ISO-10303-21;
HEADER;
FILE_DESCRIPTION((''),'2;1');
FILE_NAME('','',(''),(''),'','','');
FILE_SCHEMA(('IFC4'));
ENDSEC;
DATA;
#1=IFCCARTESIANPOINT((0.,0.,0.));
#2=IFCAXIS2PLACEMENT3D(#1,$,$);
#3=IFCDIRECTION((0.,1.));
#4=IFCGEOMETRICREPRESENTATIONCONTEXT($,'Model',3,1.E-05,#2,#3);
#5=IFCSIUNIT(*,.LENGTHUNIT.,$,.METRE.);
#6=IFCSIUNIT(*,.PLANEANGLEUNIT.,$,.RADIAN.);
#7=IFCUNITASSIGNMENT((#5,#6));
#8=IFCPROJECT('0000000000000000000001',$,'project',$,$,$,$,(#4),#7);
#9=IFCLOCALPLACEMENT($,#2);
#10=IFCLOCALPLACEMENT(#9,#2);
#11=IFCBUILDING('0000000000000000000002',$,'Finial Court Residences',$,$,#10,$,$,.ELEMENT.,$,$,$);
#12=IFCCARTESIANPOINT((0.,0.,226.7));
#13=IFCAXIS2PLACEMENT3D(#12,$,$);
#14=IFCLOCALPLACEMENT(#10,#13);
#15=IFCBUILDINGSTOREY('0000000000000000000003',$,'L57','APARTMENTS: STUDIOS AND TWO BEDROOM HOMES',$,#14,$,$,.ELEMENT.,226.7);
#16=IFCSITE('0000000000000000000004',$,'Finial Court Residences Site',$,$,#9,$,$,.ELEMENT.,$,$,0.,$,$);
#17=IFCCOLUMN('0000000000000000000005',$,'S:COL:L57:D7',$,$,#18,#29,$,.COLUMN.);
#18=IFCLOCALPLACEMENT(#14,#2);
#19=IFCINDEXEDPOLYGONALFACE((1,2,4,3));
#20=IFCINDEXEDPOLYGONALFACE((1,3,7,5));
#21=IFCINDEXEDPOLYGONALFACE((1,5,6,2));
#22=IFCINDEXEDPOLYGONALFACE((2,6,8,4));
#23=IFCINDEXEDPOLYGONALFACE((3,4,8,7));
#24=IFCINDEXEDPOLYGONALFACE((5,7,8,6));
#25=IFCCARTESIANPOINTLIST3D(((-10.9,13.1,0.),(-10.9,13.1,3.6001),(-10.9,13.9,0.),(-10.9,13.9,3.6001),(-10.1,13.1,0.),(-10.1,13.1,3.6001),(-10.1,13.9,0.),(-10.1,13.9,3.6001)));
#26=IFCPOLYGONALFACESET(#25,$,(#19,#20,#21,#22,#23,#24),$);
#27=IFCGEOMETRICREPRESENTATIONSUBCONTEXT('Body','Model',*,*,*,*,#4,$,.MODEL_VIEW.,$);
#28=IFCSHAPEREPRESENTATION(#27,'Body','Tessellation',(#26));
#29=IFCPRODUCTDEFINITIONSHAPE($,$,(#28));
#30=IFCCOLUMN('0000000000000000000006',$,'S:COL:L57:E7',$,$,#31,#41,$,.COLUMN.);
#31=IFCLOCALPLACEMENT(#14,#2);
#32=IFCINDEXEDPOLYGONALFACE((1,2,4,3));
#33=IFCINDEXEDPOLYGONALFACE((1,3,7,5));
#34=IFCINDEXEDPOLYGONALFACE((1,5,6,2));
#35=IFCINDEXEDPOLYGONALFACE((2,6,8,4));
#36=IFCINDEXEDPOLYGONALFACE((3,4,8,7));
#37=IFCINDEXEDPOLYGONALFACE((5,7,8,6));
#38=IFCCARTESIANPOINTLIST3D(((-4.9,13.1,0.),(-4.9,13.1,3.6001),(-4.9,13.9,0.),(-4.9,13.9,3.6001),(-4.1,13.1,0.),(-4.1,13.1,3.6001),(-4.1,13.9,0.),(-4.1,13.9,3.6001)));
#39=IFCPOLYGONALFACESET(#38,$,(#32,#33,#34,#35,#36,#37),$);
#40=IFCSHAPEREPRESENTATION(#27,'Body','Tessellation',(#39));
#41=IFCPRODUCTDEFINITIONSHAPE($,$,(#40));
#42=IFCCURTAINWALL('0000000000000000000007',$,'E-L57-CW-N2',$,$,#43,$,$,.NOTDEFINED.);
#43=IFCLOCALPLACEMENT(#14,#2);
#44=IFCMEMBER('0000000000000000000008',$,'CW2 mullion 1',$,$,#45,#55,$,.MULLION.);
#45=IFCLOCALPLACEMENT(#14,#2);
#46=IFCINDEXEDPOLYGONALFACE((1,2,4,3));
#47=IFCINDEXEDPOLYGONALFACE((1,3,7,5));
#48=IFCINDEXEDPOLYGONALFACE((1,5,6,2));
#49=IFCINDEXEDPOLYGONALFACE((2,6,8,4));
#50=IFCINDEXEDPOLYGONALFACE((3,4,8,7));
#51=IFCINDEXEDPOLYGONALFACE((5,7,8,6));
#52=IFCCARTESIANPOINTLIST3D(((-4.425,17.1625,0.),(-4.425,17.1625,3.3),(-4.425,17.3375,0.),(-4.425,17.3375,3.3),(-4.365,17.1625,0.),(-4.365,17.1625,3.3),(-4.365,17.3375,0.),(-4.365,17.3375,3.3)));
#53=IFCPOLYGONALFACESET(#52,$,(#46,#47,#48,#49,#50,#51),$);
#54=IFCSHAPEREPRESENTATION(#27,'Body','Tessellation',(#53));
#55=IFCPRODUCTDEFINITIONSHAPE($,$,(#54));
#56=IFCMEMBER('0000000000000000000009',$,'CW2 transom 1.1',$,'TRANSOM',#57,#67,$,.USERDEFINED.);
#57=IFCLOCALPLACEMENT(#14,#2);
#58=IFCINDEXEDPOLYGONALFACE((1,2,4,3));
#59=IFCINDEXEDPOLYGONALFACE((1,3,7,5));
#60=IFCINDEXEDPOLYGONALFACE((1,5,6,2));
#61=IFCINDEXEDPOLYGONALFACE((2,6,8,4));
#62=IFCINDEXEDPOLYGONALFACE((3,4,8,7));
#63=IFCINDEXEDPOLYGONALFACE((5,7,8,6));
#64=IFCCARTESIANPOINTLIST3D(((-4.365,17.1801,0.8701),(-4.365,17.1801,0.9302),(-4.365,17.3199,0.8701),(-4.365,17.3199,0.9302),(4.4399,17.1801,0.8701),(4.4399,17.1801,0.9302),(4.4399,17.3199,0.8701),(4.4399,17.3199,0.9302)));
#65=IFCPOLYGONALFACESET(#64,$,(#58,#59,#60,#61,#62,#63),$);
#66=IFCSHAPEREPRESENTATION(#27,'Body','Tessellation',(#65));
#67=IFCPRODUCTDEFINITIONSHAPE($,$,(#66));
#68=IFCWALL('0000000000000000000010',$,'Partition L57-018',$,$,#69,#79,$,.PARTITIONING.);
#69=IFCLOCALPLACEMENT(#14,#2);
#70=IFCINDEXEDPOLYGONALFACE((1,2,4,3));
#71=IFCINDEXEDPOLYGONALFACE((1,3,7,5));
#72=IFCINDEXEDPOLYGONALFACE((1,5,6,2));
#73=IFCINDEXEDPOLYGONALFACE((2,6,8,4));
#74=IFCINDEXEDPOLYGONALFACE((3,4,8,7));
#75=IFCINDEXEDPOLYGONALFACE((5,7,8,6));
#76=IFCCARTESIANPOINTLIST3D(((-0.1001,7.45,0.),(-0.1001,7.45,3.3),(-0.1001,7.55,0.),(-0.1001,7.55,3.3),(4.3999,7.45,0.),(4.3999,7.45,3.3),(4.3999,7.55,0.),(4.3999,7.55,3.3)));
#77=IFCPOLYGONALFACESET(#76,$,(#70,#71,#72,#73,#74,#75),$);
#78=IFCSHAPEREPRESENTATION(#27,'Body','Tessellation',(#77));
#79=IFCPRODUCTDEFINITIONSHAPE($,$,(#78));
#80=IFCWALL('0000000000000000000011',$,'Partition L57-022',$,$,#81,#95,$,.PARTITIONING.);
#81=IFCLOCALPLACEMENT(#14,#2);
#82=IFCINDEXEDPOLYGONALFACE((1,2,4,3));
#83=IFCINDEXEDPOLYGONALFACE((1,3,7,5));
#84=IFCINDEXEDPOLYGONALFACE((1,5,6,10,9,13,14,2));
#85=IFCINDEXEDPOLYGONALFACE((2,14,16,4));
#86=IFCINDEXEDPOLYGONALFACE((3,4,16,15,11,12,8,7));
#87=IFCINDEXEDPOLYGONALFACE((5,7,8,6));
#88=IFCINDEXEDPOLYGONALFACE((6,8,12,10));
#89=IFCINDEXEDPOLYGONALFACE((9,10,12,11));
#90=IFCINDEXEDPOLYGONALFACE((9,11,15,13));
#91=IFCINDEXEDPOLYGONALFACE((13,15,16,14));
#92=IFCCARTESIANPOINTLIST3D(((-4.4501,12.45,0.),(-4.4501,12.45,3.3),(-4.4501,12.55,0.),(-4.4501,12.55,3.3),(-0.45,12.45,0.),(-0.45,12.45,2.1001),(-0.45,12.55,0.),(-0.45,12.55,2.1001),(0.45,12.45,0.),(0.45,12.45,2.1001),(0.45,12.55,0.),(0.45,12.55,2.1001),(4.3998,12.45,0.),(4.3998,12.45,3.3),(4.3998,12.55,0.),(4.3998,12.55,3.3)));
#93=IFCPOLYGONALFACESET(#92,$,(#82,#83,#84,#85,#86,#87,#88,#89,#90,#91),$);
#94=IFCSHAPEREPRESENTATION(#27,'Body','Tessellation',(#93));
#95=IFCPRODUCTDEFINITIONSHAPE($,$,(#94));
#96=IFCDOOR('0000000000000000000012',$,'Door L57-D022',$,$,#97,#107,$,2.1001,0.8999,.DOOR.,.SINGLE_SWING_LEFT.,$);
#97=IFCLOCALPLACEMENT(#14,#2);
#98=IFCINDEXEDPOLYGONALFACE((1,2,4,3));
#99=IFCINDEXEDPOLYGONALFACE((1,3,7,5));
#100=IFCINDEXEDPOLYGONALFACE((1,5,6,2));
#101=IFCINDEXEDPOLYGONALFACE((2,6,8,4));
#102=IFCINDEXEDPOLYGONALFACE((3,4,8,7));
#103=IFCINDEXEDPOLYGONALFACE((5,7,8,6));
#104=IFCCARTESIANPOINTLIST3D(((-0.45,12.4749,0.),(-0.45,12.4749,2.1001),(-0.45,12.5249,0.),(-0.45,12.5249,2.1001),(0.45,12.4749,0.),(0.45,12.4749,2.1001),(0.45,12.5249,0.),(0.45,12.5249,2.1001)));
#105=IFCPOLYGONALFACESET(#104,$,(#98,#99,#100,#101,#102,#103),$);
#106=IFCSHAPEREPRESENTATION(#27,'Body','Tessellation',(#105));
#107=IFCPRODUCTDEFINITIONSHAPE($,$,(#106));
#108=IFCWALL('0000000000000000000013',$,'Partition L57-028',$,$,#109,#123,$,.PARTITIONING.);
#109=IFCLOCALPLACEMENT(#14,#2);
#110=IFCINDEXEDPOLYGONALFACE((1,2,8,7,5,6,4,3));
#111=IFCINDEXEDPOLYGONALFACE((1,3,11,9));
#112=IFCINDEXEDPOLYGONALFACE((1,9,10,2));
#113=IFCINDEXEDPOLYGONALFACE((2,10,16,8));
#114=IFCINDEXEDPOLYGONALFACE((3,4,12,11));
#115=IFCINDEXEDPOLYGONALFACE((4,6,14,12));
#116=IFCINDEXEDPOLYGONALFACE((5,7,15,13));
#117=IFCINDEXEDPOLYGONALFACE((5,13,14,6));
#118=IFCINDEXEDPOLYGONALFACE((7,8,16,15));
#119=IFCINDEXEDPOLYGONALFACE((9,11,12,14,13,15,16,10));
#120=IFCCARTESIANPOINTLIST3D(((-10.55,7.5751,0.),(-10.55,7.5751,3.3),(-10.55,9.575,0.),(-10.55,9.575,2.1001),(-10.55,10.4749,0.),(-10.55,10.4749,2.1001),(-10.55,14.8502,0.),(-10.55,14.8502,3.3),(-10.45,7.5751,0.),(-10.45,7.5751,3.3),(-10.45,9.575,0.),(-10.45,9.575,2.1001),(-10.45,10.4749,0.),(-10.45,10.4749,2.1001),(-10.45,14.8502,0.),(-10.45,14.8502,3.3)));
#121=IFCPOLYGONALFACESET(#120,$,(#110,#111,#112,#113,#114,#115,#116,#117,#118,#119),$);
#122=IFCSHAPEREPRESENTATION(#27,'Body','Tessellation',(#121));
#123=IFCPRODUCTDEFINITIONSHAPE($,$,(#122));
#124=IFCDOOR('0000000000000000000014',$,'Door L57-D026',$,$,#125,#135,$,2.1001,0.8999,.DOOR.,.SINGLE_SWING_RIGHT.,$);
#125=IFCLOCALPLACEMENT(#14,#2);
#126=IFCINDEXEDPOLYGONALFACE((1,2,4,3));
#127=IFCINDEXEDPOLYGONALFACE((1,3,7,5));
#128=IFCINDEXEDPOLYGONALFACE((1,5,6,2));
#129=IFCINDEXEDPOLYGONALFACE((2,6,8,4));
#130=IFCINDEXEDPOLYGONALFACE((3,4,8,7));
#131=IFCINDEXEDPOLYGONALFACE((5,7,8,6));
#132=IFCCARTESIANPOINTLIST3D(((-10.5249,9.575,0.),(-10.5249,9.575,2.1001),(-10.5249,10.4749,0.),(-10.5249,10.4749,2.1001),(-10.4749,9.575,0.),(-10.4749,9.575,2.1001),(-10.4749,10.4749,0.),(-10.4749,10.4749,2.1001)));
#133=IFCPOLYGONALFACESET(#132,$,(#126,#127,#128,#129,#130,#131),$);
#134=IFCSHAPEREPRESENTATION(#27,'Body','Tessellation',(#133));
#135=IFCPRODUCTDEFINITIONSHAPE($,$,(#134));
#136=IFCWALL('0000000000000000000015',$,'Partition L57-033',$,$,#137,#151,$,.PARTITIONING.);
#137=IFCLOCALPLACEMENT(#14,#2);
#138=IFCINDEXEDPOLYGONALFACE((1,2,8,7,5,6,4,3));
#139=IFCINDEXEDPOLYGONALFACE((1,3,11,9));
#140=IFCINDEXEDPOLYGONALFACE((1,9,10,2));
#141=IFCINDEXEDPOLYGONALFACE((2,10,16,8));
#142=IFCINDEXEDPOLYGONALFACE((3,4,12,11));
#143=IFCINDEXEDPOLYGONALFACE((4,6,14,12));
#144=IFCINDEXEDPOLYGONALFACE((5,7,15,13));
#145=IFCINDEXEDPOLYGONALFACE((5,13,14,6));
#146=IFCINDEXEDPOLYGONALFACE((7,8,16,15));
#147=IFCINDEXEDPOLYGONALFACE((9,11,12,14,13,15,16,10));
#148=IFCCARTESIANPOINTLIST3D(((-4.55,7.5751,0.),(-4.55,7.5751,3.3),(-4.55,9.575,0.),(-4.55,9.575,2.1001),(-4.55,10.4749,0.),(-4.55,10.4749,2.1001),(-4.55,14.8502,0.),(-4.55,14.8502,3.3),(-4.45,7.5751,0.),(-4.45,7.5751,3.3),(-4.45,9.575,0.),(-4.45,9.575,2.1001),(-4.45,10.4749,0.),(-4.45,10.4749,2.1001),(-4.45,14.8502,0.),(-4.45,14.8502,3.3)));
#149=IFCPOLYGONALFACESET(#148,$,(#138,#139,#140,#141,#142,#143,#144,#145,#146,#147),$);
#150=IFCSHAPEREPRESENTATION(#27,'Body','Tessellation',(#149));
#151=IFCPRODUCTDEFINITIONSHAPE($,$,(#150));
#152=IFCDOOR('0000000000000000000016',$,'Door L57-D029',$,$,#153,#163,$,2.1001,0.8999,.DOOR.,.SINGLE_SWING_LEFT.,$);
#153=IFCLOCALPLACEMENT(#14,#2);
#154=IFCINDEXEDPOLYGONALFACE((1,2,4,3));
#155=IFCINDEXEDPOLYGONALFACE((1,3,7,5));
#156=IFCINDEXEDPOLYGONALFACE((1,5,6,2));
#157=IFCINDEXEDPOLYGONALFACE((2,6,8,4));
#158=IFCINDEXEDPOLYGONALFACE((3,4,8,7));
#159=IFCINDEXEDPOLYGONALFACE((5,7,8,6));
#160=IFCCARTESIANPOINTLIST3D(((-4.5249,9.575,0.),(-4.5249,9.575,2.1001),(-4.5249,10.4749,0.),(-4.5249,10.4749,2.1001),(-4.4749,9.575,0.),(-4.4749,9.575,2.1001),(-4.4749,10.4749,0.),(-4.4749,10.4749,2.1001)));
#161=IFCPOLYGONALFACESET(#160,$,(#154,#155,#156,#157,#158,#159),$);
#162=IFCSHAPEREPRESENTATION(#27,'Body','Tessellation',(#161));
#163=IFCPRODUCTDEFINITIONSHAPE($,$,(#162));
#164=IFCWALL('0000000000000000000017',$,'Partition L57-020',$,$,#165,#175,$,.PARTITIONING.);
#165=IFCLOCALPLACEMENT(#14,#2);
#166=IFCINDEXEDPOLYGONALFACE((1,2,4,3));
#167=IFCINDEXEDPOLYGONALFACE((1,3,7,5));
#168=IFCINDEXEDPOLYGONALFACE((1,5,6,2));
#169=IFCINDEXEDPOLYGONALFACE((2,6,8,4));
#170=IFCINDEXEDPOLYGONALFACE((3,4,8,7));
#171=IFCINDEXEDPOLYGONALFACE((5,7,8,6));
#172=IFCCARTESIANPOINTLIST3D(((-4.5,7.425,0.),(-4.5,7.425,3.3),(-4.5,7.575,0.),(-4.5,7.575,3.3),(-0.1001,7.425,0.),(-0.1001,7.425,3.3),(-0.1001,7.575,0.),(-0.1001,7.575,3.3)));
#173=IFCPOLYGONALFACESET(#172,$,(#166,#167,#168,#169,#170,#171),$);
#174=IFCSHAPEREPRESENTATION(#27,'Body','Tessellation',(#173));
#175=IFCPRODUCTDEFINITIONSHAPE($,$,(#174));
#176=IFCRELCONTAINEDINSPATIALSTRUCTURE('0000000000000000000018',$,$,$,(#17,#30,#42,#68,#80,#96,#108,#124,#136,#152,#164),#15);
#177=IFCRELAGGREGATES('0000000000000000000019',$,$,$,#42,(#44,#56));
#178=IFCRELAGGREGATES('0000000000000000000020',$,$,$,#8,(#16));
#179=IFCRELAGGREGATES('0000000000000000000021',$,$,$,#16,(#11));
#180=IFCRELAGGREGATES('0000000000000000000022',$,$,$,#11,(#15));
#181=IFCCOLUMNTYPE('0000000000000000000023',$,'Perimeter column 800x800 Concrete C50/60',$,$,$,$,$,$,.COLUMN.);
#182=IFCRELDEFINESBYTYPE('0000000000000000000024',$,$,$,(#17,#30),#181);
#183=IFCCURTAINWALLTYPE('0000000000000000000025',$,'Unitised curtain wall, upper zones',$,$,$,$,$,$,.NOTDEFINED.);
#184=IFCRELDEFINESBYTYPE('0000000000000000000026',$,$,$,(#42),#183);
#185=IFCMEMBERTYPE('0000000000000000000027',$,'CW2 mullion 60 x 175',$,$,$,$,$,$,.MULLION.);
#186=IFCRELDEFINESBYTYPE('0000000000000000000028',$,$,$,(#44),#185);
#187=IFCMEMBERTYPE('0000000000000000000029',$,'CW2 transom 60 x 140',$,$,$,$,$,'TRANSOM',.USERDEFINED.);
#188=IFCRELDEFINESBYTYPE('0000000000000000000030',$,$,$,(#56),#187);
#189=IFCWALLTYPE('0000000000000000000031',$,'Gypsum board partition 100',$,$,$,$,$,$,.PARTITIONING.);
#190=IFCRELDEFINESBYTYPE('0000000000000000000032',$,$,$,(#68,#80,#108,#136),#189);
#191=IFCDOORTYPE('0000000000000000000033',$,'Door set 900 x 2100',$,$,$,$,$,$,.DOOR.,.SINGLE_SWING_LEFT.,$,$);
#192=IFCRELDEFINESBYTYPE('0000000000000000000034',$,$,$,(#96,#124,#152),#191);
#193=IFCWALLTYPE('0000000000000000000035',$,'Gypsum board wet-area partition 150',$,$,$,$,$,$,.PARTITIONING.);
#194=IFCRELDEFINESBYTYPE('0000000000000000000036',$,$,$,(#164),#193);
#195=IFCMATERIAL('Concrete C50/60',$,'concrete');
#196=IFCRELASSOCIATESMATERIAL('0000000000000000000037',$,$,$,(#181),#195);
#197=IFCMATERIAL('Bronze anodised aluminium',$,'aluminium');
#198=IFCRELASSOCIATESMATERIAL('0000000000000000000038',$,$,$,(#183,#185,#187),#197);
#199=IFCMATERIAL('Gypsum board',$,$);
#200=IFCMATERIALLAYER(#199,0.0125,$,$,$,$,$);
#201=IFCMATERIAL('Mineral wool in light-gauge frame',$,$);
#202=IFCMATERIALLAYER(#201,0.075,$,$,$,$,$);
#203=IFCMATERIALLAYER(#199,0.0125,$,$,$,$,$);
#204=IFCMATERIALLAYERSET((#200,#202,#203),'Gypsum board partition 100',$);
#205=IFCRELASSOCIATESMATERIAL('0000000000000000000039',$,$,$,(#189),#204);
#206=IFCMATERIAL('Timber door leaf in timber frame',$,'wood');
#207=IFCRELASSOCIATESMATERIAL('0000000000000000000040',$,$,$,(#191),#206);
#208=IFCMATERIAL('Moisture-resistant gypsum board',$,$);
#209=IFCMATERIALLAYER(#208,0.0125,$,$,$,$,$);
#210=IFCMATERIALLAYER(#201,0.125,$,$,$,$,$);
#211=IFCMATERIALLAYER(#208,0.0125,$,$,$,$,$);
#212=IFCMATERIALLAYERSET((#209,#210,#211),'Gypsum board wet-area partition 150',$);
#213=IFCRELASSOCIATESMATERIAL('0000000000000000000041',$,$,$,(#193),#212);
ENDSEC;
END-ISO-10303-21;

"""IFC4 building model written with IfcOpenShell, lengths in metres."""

from ifc_helpers import new_model, si_unit, direction, frame, frame_2d, origin, origin_2d, place, context, subcontext, project, spatial, rectangle, extrude, material, layer, layer_set, material_profile, profile_set, type_object, element, fill, aggregate, save


model = new_model("IFC4")

# Units and contexts
model_context = context("Model", 3, precision=1e-05, world=origin(), true_north=direction((0.0, 1.0)))
body_context = subcontext(model_context, "Body", "Model", "MODEL_VIEW")
ifc_project = project(units=[si_unit("LENGTHUNIT", "METRE"), si_unit("PLANEANGLEUNIT", "RADIAN")], contexts=[model_context])

# Site, building, storey
site_placement = place(None, origin())
site = spatial("IfcSite", under=ifc_project, at=site_placement, Name="Finial Court Residences Site", CompositionType="ELEMENT", RefElevation=0.0)
building_placement = place(site_placement, origin())
building = spatial("IfcBuilding", under=site, at=building_placement, Name="Finial Court Residences", CompositionType="ELEMENT")
storey_placement = place(building_placement, frame((0.0, 0.0, 226.7)))
storey = spatial("IfcBuildingStorey", under=building, at=storey_placement, Name="L57", Description="APARTMENTS: STUDIOS AND TWO BEDROOM HOMES", CompositionType="ELEMENT", Elevation=226.7)

# Columns
ifc_material_1 = material(Name="Concrete C50/60", Category="concrete")
ifc_material_profile_1 = material_profile(ifc_material_1, rectangle(XDim=0.8, YDim=0.8, at=origin_2d()), Name="800x800")
ifc_profile_set_1 = profile_set([ifc_material_profile_1], Name="Concrete C50/60")
column_type = type_object("IfcColumnType", Name="Perimeter column 800x800 Concrete C50/60", PredefinedType="COLUMN", material=ifc_profile_set_1)
for number, where, z_axis, x_axis, name in (
    (1, (-10.5, 13.5, 0.0), (0.0, 0.0, 1.0), (1.0, 0.0, 0.0), "S:COL:L57:D7"),
    (2, (-4.5, 13.5, 0.0), (0.0, 0.0, 1.0), (1.0, 0.0, 0.0), "S:COL:L57:E7"),
):
    element("IfcColumn", number, at=place(storey_placement, frame(where, z_axis=z_axis, x_axis=x_axis)), inside=storey, type_object=column_type, Name=name, PredefinedType="COLUMN", context=body_context, shape_type="SweptSolid", body=[
        extrude(rectangle(XDim=0.8, YDim=0.8, at=origin_2d()), origin(), (0.0, 0.0, 1.0), 3.6001),
    ])

# Curtain wall, members
ifc_material_2 = material(Name="Bronze anodised aluminium", Category="aluminium")
curtain_wall_type = type_object("IfcCurtainWallType", Name="Unitised curtain wall, upper zones", PredefinedType="NOTDEFINED", material=ifc_material_2)
curtain_wall_placement = place(storey_placement, origin())
curtain_wall = element("IfcCurtainWall", 3, at=curtain_wall_placement, inside=storey, type_object=curtain_wall_type, Name="E-L57-CW-N2", PredefinedType="NOTDEFINED")
ifc_material_profile_2 = material_profile(ifc_material_2, rectangle(XDim=0.175, YDim=0.0601, at=origin_2d()), Name="CW2 mullion 60 x 175")
ifc_profile_set_2 = profile_set([ifc_material_profile_2], Name="Bronze anodised aluminium")
member_type_1 = type_object("IfcMemberType", Name="CW2 mullion 60 x 175", PredefinedType="MULLION", material=ifc_profile_set_2)
member_1_placement = place(storey_placement, frame((-4.395, 17.25, 0.0), z_axis=(0.0, 0.0, 1.0), x_axis=(0.0, 1.0, 0.0)))
member_1 = element("IfcMember", 4, at=member_1_placement, type_object=member_type_1, Name="CW2 mullion 1", PredefinedType="MULLION", context=body_context, shape_type="SweptSolid", body=[
    extrude(rectangle(XDim=0.175, YDim=0.0601, at=origin_2d()), origin(), (0.0, 0.0, 1.0), 3.3),
])
ifc_material_profile_3 = material_profile(ifc_material_2, rectangle(XDim=0.1399, YDim=0.0601, at=origin_2d()), Name="CW2 transom 60 x 140")
ifc_profile_set_3 = profile_set([ifc_material_profile_3], Name="Bronze anodised aluminium")
member_type_2 = type_object("IfcMemberType", Name="CW2 transom 60 x 140", ElementType="TRANSOM", PredefinedType="USERDEFINED", material=ifc_profile_set_3)
member_2_placement = place(storey_placement, frame((-4.365, 17.25, 0.9001), z_axis=(1.0, 0.0, 0.0), x_axis=(0.0, 1.0, 0.0)))
member_2 = element("IfcMember", 5, at=member_2_placement, type_object=member_type_2, Name="CW2 transom 1.1", ObjectType="TRANSOM", PredefinedType="USERDEFINED", context=body_context, shape_type="SweptSolid", body=[
    extrude(rectangle(XDim=0.1399, YDim=0.0601, at=origin_2d()), origin(), (0.0, 0.0, 1.0), 8.8049),
])
aggregate(curtain_wall, [member_1, member_2])

# Wall
ifc_material_3 = material(Name="Gypsum board")
ifc_layer_1 = layer(ifc_material_3, 0.0125)
ifc_material_4 = material(Name="Mineral wool in light-gauge frame")
ifc_layer_2 = layer(ifc_material_4, 0.075)
ifc_layer_3 = layer(ifc_material_3, 0.0125)
ifc_layer_set_1 = layer_set([ifc_layer_1, ifc_layer_2, ifc_layer_3], Name="Gypsum board partition 100")
wall_type_1 = type_object("IfcWallType", Name="Gypsum board partition 100", PredefinedType="PARTITIONING", material=ifc_layer_set_1)
wall_1_placement = place(storey_placement, frame((-0.1001, 7.5, 0.0), z_axis=(0.0, 0.0, 1.0), x_axis=(1.0, 0.0, 0.0)))
element("IfcWall", 6, at=wall_1_placement, inside=storey, type_object=wall_type_1, Name="Partition L57-018", PredefinedType="PARTITIONING", context=body_context, shape_type="SweptSolid", body=[
    extrude(rectangle(XDim=4.5, YDim=0.1001, at=frame_2d((2.25, 0.0))), origin(), (0.0, 0.0, 1.0), 3.3),
])

# Walls, openings, doors
wall_2_placement = place(storey_placement, frame((-4.45, 12.5, 0.0), z_axis=(0.0, 0.0, 1.0), x_axis=(1.0, 0.0, 0.0)))
wall_2 = element("IfcWall", 7, at=wall_2_placement, inside=storey, type_object=wall_type_1, Name="Partition L57-022", PredefinedType="PARTITIONING", context=body_context, shape_type="SweptSolid", body=[
    extrude(rectangle(XDim=8.8499, YDim=0.1001, at=frame_2d((4.4248, 0.0))), origin(), (0.0, 0.0, 1.0), 3.3),
])
opening_1_placement = place(wall_2_placement, frame((4.0, 0.0, 0.0)))
opening_1 = element("IfcOpeningElement", 8, at=opening_1_placement, cuts=wall_2, PredefinedType="OPENING", context=body_context, shape_type="SweptSolid", body=[
    extrude(rectangle(XDim=0.8999, YDim=2.1001, at=frame_2d((0.45, 1.05))), frame((0.0, 0.0601, 0.0), z_axis=(0.0, -1.0, 0.0), x_axis=(1.0, 0.0, 0.0)), (0.0, 0.0, 1.0), 0.1201),
])
ifc_material_5 = material(Name="Timber door leaf in timber frame", Category="wood")
door_type_1 = type_object("IfcDoorType", Name="Door set 900 x 2100", OperationType="SINGLE_SWING_LEFT", PredefinedType="DOOR", material=ifc_material_5)
door_1_placement = place(opening_1_placement, origin())
door_1 = element("IfcDoor", 9, at=door_1_placement, inside=storey, type_object=door_type_1, Name="Door L57-D022", OperationType="SINGLE_SWING_LEFT", OverallHeight=2.1001, OverallWidth=0.8999, PredefinedType="DOOR", context=body_context, shape_type="SweptSolid", body=[
    extrude(rectangle(XDim=0.8999, YDim=2.1001, at=frame_2d((0.45, 1.05))), frame((0.0, 0.0249, 0.0), z_axis=(0.0, -1.0, 0.0), x_axis=(1.0, 0.0, 0.0)), (0.0, 0.0, 1.0), 0.05),
])
fill(opening_1, door_1)
wall_3_placement = place(storey_placement, frame((-10.5, 7.575, 0.0), z_axis=(0.0, 0.0, 1.0), x_axis=(0.0, 1.0, 0.0)))
wall_3 = element("IfcWall", 10, at=wall_3_placement, inside=storey, type_object=wall_type_1, Name="Partition L57-028", PredefinedType="PARTITIONING", context=body_context, shape_type="SweptSolid", body=[
    extrude(rectangle(XDim=7.2751, YDim=0.1001, at=frame_2d((3.6377, 0.0))), origin(), (0.0, 0.0, 1.0), 3.3),
])
opening_2_placement = place(wall_3_placement, frame((2.0, 0.0, 0.0)))
opening_2 = element("IfcOpeningElement", 11, at=opening_2_placement, cuts=wall_3, PredefinedType="OPENING", context=body_context, shape_type="SweptSolid", body=[
    extrude(rectangle(XDim=0.8999, YDim=2.1001, at=frame_2d((0.45, 1.05))), frame((0.0, 0.0601, 0.0), z_axis=(0.0, -1.0, 0.0), x_axis=(1.0, 0.0, 0.0)), (0.0, 0.0, 1.0), 0.1201),
])
door_2_placement = place(opening_2_placement, origin())
door_2 = element("IfcDoor", 12, at=door_2_placement, inside=storey, type_object=door_type_1, Name="Door L57-D026", OperationType="SINGLE_SWING_RIGHT", OverallHeight=2.1001, OverallWidth=0.8999, PredefinedType="DOOR", context=body_context, shape_type="SweptSolid", body=[
    extrude(rectangle(XDim=0.8999, YDim=2.1001, at=frame_2d((0.45, 1.05))), frame((0.0, 0.0249, 0.0), z_axis=(0.0, -1.0, 0.0), x_axis=(1.0, 0.0, 0.0)), (0.0, 0.0, 1.0), 0.05),
])
fill(opening_2, door_2)
wall_4_placement = place(storey_placement, frame((-4.5, 7.575, 0.0), z_axis=(0.0, 0.0, 1.0), x_axis=(0.0, 1.0, 0.0)))
wall_4 = element("IfcWall", 13, at=wall_4_placement, inside=storey, type_object=wall_type_1, Name="Partition L57-033", PredefinedType="PARTITIONING", context=body_context, shape_type="SweptSolid", body=[
    extrude(rectangle(XDim=7.2751, YDim=0.1001, at=frame_2d((3.6377, 0.0))), origin(), (0.0, 0.0, 1.0), 3.3),
])
opening_3_placement = place(wall_4_placement, frame((2.0, 0.0, 0.0)))
opening_3 = element("IfcOpeningElement", 14, at=opening_3_placement, cuts=wall_4, PredefinedType="OPENING", context=body_context, shape_type="SweptSolid", body=[
    extrude(rectangle(XDim=0.8999, YDim=2.1001, at=frame_2d((0.45, 1.05))), frame((0.0, 0.0601, 0.0), z_axis=(0.0, -1.0, 0.0), x_axis=(1.0, 0.0, 0.0)), (0.0, 0.0, 1.0), 0.1201),
])
door_3_placement = place(opening_3_placement, origin())
door_3 = element("IfcDoor", 15, at=door_3_placement, inside=storey, type_object=door_type_1, Name="Door L57-D029", OperationType="SINGLE_SWING_LEFT", OverallHeight=2.1001, OverallWidth=0.8999, PredefinedType="DOOR", context=body_context, shape_type="SweptSolid", body=[
    extrude(rectangle(XDim=0.8999, YDim=2.1001, at=frame_2d((0.45, 1.05))), frame((0.0, 0.0249, 0.0), z_axis=(0.0, -1.0, 0.0), x_axis=(1.0, 0.0, 0.0)), (0.0, 0.0, 1.0), 0.05),
])
fill(opening_3, door_3)

# Wall
ifc_material_6 = material(Name="Moisture-resistant gypsum board")
ifc_layer_4 = layer(ifc_material_6, 0.0125)
ifc_layer_5 = layer(ifc_material_4, 0.125)
ifc_layer_6 = layer(ifc_material_6, 0.0125)
ifc_layer_set_2 = layer_set([ifc_layer_4, ifc_layer_5, ifc_layer_6], Name="Gypsum board wet-area partition 150")
wall_type_2 = type_object("IfcWallType", Name="Gypsum board wet-area partition 150", PredefinedType="PARTITIONING", material=ifc_layer_set_2)
wall_5_placement = place(storey_placement, frame((-4.5, 7.5, 0.0), z_axis=(0.0, 0.0, 1.0), x_axis=(1.0, 0.0, 0.0)))
element("IfcWall", 16, at=wall_5_placement, inside=storey, type_object=wall_type_2, Name="Partition L57-020", PredefinedType="PARTITIONING", context=body_context, shape_type="SweptSolid", body=[
    extrude(rectangle(XDim=4.3999, YDim=0.1499, at=frame_2d((2.2, 0.0))), origin(), (0.0, 0.0, 1.0), 3.3),
])

save(model, "model.ifc")
